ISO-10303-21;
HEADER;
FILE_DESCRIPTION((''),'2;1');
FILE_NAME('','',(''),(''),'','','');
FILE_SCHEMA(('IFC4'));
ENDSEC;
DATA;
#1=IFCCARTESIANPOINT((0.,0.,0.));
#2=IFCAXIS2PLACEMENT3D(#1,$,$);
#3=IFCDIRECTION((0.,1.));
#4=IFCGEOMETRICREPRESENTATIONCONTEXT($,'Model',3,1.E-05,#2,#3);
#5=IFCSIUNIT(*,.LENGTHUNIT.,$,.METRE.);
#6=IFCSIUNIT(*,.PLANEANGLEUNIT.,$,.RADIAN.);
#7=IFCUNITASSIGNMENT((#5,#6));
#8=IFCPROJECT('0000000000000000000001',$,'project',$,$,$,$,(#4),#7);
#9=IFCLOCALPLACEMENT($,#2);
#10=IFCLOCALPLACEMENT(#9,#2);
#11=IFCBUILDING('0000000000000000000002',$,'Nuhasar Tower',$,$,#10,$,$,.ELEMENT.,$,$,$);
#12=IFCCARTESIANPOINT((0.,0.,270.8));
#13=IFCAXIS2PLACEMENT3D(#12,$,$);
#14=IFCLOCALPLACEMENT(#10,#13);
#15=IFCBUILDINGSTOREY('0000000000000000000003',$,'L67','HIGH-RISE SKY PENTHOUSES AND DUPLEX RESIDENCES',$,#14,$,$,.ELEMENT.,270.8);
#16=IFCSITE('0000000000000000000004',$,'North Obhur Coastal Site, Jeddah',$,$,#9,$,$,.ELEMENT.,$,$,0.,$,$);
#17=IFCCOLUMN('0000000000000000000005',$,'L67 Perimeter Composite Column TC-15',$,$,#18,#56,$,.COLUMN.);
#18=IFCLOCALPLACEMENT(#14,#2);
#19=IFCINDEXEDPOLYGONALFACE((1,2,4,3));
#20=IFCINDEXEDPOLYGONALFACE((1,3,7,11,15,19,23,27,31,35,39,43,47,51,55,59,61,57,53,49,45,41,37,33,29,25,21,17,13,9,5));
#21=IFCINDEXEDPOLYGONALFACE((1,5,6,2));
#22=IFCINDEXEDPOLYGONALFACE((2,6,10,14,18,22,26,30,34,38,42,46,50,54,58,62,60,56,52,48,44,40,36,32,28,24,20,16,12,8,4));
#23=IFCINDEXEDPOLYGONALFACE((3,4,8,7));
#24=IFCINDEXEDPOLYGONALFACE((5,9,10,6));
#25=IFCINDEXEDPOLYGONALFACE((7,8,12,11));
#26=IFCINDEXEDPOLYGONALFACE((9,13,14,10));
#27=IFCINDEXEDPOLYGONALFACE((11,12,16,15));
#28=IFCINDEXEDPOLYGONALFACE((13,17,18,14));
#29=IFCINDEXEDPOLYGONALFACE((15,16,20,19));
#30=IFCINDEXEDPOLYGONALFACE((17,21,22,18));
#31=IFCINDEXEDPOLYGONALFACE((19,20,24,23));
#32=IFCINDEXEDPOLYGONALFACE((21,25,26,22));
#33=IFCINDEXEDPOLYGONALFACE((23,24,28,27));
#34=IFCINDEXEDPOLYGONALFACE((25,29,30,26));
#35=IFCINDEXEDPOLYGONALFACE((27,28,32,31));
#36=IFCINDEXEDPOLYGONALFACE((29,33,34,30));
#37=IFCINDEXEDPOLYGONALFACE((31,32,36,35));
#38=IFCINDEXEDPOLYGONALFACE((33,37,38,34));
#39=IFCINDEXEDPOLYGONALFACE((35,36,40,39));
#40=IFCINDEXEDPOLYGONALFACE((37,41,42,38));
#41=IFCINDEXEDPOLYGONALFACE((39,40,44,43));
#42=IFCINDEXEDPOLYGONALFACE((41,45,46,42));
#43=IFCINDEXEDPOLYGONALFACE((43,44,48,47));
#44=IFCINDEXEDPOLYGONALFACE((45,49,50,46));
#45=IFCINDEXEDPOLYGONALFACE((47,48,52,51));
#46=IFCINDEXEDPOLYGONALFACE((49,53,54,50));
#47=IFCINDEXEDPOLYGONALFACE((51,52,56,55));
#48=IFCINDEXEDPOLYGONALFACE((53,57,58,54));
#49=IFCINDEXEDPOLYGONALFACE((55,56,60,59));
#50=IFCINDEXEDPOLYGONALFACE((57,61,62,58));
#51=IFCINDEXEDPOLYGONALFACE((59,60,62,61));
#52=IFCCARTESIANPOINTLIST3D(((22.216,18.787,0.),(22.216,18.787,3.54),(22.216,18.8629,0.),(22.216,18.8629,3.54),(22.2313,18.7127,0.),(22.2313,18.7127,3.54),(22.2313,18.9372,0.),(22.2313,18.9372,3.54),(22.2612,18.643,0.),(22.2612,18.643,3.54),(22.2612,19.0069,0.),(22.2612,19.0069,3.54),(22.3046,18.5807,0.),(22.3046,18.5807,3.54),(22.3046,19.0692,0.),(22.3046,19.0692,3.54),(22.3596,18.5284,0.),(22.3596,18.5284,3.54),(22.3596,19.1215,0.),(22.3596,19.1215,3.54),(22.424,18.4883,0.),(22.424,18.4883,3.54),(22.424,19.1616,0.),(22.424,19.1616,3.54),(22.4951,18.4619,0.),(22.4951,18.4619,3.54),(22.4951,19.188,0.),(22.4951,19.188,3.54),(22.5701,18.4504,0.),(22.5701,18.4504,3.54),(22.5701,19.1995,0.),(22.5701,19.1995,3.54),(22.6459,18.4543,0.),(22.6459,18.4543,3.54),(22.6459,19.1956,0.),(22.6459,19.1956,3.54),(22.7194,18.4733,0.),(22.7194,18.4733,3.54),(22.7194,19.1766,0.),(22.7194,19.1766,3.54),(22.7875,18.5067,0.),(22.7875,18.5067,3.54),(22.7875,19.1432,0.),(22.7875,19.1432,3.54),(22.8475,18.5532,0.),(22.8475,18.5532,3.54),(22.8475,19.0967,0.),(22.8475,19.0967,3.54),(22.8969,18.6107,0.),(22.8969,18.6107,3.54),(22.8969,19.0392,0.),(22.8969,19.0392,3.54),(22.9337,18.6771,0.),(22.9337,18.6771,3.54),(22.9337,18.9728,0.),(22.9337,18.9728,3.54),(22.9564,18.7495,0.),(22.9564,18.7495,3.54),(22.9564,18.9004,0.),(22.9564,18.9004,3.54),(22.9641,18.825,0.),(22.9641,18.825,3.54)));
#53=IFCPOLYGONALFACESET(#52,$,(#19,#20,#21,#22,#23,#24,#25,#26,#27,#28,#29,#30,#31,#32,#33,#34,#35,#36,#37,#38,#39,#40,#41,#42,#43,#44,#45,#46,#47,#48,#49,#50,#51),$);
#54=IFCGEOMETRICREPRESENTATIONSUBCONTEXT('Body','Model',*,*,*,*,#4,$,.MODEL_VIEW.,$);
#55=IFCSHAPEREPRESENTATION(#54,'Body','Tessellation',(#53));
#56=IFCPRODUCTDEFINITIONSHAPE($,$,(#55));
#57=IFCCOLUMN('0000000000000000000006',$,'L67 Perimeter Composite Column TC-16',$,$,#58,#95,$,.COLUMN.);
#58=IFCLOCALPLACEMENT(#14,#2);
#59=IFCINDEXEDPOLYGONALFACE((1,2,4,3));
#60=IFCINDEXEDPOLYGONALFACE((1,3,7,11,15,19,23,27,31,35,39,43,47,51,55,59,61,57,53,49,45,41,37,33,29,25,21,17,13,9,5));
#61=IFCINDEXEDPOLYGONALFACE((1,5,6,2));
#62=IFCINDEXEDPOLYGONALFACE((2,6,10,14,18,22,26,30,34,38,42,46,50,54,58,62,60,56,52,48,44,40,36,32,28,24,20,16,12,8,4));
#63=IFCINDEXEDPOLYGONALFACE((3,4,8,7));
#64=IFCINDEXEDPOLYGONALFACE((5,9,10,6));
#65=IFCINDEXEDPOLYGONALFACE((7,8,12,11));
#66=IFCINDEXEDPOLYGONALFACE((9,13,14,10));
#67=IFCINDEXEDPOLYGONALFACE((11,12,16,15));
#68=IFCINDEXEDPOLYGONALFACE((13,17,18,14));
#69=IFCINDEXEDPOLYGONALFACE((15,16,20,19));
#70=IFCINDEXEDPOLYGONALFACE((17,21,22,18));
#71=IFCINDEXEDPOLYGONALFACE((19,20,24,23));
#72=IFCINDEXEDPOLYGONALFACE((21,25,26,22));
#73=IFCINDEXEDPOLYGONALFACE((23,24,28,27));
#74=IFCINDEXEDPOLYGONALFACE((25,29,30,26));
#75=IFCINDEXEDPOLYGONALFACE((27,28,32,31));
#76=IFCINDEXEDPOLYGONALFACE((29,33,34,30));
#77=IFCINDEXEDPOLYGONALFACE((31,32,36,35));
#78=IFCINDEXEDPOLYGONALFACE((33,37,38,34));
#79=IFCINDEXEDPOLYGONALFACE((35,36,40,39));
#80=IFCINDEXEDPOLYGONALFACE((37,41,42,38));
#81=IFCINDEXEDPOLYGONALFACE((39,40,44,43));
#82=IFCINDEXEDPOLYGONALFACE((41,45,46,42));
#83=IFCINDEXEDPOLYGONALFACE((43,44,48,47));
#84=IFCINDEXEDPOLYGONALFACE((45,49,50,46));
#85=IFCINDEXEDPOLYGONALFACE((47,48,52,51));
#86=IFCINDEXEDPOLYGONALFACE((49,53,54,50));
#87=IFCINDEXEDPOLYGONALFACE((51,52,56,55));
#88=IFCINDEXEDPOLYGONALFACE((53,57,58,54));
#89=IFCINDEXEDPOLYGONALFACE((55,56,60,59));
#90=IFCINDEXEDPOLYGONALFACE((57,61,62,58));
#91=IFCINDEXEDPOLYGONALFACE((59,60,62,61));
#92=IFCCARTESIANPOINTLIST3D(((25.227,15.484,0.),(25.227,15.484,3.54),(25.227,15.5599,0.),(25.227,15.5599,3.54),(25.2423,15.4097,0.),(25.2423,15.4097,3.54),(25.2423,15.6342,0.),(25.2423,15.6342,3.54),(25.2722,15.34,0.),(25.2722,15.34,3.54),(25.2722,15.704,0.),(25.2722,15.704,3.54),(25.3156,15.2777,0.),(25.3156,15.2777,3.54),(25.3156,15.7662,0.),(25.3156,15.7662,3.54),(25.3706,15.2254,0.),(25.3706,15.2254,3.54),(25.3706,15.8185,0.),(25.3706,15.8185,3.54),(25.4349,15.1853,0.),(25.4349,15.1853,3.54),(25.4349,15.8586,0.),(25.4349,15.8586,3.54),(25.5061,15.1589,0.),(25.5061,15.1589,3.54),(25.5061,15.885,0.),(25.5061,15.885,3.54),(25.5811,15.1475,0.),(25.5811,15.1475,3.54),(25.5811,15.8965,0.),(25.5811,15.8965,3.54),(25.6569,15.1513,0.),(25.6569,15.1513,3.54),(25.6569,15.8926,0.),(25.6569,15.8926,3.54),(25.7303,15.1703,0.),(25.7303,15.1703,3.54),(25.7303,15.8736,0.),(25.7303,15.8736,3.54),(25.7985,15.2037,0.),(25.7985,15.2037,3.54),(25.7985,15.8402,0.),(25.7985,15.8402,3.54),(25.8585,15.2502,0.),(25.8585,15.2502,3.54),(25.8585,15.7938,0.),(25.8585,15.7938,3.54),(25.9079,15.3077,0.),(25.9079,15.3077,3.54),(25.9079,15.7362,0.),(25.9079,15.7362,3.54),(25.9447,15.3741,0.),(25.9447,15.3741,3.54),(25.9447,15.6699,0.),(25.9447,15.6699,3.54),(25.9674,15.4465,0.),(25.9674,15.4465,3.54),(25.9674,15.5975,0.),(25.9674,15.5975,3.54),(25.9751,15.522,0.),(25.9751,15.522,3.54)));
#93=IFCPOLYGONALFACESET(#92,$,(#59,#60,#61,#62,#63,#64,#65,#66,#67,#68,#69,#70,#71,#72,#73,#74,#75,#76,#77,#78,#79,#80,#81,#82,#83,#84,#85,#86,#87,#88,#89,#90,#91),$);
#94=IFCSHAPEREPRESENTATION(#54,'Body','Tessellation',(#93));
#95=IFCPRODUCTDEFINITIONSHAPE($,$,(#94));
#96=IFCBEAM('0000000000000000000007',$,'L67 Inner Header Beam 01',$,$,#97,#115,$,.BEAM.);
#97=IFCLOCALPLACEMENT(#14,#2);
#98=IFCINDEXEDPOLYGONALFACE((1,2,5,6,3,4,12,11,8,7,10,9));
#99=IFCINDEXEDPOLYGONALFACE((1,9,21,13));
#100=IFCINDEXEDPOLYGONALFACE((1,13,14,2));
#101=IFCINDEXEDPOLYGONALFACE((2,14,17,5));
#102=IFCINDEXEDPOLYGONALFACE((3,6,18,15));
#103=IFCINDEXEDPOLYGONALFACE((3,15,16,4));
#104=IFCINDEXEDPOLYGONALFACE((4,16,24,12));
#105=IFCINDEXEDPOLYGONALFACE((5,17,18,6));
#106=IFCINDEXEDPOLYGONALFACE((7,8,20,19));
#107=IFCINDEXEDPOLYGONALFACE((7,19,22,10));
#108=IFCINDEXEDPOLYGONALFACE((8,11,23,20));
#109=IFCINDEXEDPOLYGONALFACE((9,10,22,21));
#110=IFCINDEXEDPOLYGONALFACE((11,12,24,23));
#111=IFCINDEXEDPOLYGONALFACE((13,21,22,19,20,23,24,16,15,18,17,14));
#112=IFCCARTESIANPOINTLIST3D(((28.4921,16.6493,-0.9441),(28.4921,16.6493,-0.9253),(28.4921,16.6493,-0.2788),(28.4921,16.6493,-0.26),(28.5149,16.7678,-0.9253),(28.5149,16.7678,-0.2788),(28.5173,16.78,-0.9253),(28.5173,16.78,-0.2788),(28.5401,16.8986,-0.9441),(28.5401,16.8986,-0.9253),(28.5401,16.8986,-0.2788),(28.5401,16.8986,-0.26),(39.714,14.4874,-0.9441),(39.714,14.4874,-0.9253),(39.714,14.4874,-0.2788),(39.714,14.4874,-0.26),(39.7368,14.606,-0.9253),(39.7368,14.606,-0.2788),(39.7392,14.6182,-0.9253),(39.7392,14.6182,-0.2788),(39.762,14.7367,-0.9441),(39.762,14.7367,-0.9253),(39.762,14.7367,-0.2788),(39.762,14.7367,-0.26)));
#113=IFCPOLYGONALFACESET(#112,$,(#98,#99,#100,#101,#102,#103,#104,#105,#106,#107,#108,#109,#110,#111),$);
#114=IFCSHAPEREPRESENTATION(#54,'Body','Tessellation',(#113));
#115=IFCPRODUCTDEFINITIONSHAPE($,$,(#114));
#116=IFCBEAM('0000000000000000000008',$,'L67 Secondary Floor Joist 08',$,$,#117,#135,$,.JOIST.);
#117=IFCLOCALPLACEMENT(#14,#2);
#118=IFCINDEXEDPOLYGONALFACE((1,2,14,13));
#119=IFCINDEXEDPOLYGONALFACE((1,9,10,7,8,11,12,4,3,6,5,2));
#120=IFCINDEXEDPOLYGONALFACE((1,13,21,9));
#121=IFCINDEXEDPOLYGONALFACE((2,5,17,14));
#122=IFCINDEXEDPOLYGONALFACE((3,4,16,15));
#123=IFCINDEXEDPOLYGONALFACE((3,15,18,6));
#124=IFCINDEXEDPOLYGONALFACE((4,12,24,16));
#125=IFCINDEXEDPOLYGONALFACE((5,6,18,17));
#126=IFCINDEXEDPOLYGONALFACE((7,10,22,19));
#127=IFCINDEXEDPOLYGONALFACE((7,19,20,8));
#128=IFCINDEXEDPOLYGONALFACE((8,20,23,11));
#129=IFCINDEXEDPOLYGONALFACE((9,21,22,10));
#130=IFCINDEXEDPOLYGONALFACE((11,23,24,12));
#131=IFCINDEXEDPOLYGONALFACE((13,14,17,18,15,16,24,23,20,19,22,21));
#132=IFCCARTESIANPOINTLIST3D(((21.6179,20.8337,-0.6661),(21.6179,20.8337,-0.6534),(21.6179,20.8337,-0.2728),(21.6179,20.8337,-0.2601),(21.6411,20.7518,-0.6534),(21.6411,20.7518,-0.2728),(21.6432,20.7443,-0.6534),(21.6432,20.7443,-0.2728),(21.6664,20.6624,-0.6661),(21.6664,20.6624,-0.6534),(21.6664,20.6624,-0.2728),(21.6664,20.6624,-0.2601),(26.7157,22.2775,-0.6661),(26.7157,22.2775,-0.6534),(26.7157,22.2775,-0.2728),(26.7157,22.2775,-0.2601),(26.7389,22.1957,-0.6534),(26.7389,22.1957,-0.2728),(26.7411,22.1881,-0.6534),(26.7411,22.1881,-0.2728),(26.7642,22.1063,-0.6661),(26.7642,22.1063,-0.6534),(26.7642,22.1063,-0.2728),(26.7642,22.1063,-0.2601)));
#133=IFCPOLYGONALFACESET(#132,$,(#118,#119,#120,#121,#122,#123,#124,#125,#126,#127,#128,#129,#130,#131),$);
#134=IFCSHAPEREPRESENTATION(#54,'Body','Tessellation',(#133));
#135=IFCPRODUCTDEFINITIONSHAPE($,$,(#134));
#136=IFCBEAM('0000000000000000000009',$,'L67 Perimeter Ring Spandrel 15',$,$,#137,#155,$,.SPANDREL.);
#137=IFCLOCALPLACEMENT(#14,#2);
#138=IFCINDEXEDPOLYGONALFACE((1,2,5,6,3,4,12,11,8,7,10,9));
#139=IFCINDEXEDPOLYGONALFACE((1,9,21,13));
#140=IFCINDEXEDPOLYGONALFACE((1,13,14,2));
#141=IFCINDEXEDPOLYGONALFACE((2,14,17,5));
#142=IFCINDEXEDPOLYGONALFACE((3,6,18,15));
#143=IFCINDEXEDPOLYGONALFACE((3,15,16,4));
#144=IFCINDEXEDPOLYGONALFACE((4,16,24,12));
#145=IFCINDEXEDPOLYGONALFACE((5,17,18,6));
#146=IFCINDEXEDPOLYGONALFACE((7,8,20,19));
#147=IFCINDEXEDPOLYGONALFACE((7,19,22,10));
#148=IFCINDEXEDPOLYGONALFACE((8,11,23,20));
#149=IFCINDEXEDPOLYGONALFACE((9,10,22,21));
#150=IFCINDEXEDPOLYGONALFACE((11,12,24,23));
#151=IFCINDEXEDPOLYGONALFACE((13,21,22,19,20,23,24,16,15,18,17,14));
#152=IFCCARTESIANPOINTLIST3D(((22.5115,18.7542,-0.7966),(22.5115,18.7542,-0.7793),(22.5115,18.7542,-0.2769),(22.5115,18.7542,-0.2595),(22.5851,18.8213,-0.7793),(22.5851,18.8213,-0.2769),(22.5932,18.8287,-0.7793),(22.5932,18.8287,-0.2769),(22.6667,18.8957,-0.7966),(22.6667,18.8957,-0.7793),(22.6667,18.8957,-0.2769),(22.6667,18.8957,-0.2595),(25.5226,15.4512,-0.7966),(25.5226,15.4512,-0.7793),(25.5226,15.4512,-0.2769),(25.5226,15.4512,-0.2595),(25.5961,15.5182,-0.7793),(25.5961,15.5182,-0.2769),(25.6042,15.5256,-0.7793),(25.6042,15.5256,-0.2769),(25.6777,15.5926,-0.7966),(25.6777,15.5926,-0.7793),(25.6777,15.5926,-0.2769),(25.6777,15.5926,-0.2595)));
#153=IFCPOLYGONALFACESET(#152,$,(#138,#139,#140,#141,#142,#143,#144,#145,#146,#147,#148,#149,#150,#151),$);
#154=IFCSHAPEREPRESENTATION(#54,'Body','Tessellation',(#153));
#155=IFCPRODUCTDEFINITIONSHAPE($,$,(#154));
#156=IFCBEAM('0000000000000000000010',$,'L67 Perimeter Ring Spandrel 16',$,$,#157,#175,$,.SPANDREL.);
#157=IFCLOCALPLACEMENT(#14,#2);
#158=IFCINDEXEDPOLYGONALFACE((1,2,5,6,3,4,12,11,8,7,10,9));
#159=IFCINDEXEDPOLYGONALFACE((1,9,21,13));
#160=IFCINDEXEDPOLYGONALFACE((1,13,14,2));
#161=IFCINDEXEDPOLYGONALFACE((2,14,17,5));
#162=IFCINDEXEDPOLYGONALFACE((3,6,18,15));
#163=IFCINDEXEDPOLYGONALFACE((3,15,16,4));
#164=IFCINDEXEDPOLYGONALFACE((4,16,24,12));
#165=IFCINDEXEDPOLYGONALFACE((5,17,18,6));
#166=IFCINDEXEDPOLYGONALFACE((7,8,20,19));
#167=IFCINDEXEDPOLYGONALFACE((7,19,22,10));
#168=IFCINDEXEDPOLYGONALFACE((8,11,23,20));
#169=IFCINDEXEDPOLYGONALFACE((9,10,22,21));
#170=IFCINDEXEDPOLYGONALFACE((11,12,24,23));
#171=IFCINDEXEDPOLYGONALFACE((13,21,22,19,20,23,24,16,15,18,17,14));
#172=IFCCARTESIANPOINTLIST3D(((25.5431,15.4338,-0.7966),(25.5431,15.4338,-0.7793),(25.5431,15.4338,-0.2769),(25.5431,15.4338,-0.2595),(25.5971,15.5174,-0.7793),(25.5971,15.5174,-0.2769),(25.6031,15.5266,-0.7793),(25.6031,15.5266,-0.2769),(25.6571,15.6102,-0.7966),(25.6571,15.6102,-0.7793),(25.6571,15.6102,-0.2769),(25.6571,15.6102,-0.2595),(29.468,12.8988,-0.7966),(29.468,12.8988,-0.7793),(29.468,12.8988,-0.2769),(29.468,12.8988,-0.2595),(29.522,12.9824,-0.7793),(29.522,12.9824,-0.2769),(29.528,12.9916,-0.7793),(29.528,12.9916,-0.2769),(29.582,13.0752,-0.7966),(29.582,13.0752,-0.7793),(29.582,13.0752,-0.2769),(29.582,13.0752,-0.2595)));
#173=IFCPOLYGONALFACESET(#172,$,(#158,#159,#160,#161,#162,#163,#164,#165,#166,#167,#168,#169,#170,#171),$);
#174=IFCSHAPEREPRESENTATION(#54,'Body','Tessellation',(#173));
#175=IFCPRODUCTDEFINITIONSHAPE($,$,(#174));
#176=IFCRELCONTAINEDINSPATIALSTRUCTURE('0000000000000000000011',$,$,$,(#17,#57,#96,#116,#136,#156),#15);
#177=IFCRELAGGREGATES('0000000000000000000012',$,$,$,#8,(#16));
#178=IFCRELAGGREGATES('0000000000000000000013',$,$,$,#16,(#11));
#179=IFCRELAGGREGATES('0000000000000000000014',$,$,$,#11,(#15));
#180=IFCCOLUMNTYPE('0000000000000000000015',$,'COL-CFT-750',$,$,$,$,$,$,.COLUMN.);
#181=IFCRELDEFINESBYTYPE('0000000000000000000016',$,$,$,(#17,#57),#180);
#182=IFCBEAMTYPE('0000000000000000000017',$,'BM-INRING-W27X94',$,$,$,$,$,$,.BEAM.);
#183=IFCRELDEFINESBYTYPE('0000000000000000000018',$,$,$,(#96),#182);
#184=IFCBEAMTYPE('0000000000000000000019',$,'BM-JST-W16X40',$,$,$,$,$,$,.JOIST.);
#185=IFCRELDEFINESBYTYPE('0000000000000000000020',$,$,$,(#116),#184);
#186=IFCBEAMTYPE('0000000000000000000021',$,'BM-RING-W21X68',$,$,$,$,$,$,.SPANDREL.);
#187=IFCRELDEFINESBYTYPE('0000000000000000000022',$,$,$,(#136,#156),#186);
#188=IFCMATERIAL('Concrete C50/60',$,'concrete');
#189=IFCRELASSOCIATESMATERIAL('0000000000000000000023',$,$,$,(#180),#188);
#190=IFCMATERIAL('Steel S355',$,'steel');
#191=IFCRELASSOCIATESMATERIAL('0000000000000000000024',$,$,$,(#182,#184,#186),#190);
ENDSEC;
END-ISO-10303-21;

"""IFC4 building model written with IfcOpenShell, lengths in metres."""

from ifc_helpers import new_model, si_unit, direction, frame, origin, origin_2d, place, context, subcontext, project, spatial, circle, i_section, extrude, material, material_profile, profile_set, type_object, element, save


model = new_model("IFC4")

# Units and contexts
model_context = context("Model", 3, precision=1e-05, world=origin(), true_north=direction((0.0, 1.0)))
body_context = subcontext(model_context, "Body", "Model", "MODEL_VIEW")
ifc_project = project(units=[si_unit("LENGTHUNIT", "METRE"), si_unit("PLANEANGLEUNIT", "RADIAN")], contexts=[model_context])

# Site, building, storey
site_placement = place(None, origin())
site = spatial("IfcSite", under=ifc_project, at=site_placement, Name="North Obhur Coastal Site, Jeddah", CompositionType="ELEMENT", RefElevation=0.0)
building_placement = place(site_placement, origin())
building = spatial("IfcBuilding", under=site, at=building_placement, Name="Nuhasar Tower", CompositionType="ELEMENT")
storey_placement = place(building_placement, frame((0.0, 0.0, 270.8)))
storey = spatial("IfcBuildingStorey", under=building, at=storey_placement, Name="L67", Description="HIGH-RISE SKY PENTHOUSES AND DUPLEX RESIDENCES", CompositionType="ELEMENT", Elevation=270.8)

# Columns
ifc_material_1 = material(Name="Concrete C50/60", Category="concrete")
ifc_material_profile_1 = material_profile(ifc_material_1, circle(Radius=0.375, at=origin_2d()), Name="CFT750")
ifc_profile_set_1 = profile_set([ifc_material_profile_1], Name="Concrete C50/60")
column_type = type_object("IfcColumnType", Name="COL-CFT-750", PredefinedType="COLUMN", material=ifc_profile_set_1)
for number, where, z_axis, x_axis, name in (
    (1, (22.5891, 18.825, 0.0), (0.0, 0.0, 1.0), (1.0, 0.0, 0.0), "L67 Perimeter Composite Column TC-15"),
    (2, (25.6001, 15.522, 0.0), (0.0, 0.0, 1.0), (1.0, 0.0, 0.0), "L67 Perimeter Composite Column TC-16"),
):
    element("IfcColumn", number, at=place(storey_placement, frame(where, z_axis=z_axis, x_axis=x_axis)), inside=storey, type_object=column_type, Name=name, PredefinedType="COLUMN", context=body_context, shape_type="SweptSolid", body=[
        extrude(circle(Radius=0.375, at=origin_2d()), origin(), (0.0, 0.0, 1.0), 3.54),
    ])

# Beams
ifc_material_2 = material(Name="Steel S355", Category="steel")
ifc_material_profile_2 = material_profile(ifc_material_2, i_section(OverallWidth=0.2539, OverallDepth=0.6841, WebThickness=0.0125, FlangeThickness=0.0188, at=origin_2d()), Name="W27X94")
ifc_profile_set_2 = profile_set([ifc_material_profile_2], Name="Steel S355")
beam_type_1 = type_object("IfcBeamType", Name="BM-INRING-W27X94", PredefinedType="BEAM", material=ifc_profile_set_2)
beam_1_placement = place(storey_placement, frame((28.5161, 16.7739, -0.6021), z_axis=(0.981945, -0.189168, 0.0), x_axis=(0.189168, 0.981945, 0.0)))
element("IfcBeam", 3, at=beam_1_placement, inside=storey, type_object=beam_type_1, Name="L67 Inner Header Beam 01", PredefinedType="BEAM", context=body_context, shape_type="SweptSolid", body=[
    extrude(i_section(OverallWidth=0.2539, OverallDepth=0.6841, WebThickness=0.0125, FlangeThickness=0.0188, at=origin_2d()), origin(), (0.0, 0.0, 1.0), 11.4282),
])
ifc_material_profile_3 = material_profile(ifc_material_2, i_section(OverallWidth=0.178, OverallDepth=0.406, WebThickness=0.0078, FlangeThickness=0.0127, at=origin_2d()), Name="W16X40")
ifc_profile_set_3 = profile_set([ifc_material_profile_3], Name="Steel S355")
beam_type_2 = type_object("IfcBeamType", Name="BM-JST-W16X40", PredefinedType="JOIST", material=ifc_profile_set_3)
beam_2_placement = place(storey_placement, frame((26.74, 22.1919, -0.4631), z_axis=(-0.962154, -0.272505, 0.0), x_axis=(0.272505, -0.962154, 0.0)))
element("IfcBeam", 4, at=beam_2_placement, inside=storey, type_object=beam_type_2, Name="L67 Secondary Floor Joist 08", PredefinedType="JOIST", context=body_context, shape_type="SweptSolid", body=[
    extrude(i_section(OverallWidth=0.178, OverallDepth=0.406, WebThickness=0.0078, FlangeThickness=0.0127, at=origin_2d()), origin(), (0.0, 0.0, 1.0), 5.2983),
])
ifc_material_profile_4 = material_profile(ifc_material_2, i_section(OverallWidth=0.21, OverallDepth=0.5371, WebThickness=0.011, FlangeThickness=0.0173, at=origin_2d()), Name="W21X68")
ifc_profile_set_4 = profile_set([ifc_material_profile_4], Name="Steel S355")
beam_type_3 = type_object("IfcBeamType", Name="BM-RING-W21X68", PredefinedType="SPANDREL", material=ifc_profile_set_4)
beam_3_placement = place(storey_placement, frame((22.5891, 18.825, -0.5281), z_axis=(0.673686, -0.739017, 0.0), x_axis=(0.739017, 0.673686, 0.0)))
element("IfcBeam", 5, at=beam_3_placement, inside=storey, type_object=beam_type_3, Name="L67 Perimeter Ring Spandrel 15", PredefinedType="SPANDREL", context=body_context, shape_type="SweptSolid", body=[
    extrude(i_section(OverallWidth=0.21, OverallDepth=0.5371, WebThickness=0.011, FlangeThickness=0.0173, at=origin_2d()), origin(), (0.0, 0.0, 1.0), 4.4695),
])
beam_4_placement = place(storey_placement, frame((25.6001, 15.522, -0.5281), z_axis=(0.840025, -0.542547, 0.0), x_axis=(0.542547, 0.840025, 0.0)))
element("IfcBeam", 6, at=beam_4_placement, inside=storey, type_object=beam_type_3, Name="L67 Perimeter Ring Spandrel 16", PredefinedType="SPANDREL", context=body_context, shape_type="SweptSolid", body=[
    extrude(i_section(OverallWidth=0.21, OverallDepth=0.5371, WebThickness=0.011, FlangeThickness=0.0173, at=origin_2d()), origin(), (0.0, 0.0, 1.0), 4.6724),
])

save(model, "model.ifc")
